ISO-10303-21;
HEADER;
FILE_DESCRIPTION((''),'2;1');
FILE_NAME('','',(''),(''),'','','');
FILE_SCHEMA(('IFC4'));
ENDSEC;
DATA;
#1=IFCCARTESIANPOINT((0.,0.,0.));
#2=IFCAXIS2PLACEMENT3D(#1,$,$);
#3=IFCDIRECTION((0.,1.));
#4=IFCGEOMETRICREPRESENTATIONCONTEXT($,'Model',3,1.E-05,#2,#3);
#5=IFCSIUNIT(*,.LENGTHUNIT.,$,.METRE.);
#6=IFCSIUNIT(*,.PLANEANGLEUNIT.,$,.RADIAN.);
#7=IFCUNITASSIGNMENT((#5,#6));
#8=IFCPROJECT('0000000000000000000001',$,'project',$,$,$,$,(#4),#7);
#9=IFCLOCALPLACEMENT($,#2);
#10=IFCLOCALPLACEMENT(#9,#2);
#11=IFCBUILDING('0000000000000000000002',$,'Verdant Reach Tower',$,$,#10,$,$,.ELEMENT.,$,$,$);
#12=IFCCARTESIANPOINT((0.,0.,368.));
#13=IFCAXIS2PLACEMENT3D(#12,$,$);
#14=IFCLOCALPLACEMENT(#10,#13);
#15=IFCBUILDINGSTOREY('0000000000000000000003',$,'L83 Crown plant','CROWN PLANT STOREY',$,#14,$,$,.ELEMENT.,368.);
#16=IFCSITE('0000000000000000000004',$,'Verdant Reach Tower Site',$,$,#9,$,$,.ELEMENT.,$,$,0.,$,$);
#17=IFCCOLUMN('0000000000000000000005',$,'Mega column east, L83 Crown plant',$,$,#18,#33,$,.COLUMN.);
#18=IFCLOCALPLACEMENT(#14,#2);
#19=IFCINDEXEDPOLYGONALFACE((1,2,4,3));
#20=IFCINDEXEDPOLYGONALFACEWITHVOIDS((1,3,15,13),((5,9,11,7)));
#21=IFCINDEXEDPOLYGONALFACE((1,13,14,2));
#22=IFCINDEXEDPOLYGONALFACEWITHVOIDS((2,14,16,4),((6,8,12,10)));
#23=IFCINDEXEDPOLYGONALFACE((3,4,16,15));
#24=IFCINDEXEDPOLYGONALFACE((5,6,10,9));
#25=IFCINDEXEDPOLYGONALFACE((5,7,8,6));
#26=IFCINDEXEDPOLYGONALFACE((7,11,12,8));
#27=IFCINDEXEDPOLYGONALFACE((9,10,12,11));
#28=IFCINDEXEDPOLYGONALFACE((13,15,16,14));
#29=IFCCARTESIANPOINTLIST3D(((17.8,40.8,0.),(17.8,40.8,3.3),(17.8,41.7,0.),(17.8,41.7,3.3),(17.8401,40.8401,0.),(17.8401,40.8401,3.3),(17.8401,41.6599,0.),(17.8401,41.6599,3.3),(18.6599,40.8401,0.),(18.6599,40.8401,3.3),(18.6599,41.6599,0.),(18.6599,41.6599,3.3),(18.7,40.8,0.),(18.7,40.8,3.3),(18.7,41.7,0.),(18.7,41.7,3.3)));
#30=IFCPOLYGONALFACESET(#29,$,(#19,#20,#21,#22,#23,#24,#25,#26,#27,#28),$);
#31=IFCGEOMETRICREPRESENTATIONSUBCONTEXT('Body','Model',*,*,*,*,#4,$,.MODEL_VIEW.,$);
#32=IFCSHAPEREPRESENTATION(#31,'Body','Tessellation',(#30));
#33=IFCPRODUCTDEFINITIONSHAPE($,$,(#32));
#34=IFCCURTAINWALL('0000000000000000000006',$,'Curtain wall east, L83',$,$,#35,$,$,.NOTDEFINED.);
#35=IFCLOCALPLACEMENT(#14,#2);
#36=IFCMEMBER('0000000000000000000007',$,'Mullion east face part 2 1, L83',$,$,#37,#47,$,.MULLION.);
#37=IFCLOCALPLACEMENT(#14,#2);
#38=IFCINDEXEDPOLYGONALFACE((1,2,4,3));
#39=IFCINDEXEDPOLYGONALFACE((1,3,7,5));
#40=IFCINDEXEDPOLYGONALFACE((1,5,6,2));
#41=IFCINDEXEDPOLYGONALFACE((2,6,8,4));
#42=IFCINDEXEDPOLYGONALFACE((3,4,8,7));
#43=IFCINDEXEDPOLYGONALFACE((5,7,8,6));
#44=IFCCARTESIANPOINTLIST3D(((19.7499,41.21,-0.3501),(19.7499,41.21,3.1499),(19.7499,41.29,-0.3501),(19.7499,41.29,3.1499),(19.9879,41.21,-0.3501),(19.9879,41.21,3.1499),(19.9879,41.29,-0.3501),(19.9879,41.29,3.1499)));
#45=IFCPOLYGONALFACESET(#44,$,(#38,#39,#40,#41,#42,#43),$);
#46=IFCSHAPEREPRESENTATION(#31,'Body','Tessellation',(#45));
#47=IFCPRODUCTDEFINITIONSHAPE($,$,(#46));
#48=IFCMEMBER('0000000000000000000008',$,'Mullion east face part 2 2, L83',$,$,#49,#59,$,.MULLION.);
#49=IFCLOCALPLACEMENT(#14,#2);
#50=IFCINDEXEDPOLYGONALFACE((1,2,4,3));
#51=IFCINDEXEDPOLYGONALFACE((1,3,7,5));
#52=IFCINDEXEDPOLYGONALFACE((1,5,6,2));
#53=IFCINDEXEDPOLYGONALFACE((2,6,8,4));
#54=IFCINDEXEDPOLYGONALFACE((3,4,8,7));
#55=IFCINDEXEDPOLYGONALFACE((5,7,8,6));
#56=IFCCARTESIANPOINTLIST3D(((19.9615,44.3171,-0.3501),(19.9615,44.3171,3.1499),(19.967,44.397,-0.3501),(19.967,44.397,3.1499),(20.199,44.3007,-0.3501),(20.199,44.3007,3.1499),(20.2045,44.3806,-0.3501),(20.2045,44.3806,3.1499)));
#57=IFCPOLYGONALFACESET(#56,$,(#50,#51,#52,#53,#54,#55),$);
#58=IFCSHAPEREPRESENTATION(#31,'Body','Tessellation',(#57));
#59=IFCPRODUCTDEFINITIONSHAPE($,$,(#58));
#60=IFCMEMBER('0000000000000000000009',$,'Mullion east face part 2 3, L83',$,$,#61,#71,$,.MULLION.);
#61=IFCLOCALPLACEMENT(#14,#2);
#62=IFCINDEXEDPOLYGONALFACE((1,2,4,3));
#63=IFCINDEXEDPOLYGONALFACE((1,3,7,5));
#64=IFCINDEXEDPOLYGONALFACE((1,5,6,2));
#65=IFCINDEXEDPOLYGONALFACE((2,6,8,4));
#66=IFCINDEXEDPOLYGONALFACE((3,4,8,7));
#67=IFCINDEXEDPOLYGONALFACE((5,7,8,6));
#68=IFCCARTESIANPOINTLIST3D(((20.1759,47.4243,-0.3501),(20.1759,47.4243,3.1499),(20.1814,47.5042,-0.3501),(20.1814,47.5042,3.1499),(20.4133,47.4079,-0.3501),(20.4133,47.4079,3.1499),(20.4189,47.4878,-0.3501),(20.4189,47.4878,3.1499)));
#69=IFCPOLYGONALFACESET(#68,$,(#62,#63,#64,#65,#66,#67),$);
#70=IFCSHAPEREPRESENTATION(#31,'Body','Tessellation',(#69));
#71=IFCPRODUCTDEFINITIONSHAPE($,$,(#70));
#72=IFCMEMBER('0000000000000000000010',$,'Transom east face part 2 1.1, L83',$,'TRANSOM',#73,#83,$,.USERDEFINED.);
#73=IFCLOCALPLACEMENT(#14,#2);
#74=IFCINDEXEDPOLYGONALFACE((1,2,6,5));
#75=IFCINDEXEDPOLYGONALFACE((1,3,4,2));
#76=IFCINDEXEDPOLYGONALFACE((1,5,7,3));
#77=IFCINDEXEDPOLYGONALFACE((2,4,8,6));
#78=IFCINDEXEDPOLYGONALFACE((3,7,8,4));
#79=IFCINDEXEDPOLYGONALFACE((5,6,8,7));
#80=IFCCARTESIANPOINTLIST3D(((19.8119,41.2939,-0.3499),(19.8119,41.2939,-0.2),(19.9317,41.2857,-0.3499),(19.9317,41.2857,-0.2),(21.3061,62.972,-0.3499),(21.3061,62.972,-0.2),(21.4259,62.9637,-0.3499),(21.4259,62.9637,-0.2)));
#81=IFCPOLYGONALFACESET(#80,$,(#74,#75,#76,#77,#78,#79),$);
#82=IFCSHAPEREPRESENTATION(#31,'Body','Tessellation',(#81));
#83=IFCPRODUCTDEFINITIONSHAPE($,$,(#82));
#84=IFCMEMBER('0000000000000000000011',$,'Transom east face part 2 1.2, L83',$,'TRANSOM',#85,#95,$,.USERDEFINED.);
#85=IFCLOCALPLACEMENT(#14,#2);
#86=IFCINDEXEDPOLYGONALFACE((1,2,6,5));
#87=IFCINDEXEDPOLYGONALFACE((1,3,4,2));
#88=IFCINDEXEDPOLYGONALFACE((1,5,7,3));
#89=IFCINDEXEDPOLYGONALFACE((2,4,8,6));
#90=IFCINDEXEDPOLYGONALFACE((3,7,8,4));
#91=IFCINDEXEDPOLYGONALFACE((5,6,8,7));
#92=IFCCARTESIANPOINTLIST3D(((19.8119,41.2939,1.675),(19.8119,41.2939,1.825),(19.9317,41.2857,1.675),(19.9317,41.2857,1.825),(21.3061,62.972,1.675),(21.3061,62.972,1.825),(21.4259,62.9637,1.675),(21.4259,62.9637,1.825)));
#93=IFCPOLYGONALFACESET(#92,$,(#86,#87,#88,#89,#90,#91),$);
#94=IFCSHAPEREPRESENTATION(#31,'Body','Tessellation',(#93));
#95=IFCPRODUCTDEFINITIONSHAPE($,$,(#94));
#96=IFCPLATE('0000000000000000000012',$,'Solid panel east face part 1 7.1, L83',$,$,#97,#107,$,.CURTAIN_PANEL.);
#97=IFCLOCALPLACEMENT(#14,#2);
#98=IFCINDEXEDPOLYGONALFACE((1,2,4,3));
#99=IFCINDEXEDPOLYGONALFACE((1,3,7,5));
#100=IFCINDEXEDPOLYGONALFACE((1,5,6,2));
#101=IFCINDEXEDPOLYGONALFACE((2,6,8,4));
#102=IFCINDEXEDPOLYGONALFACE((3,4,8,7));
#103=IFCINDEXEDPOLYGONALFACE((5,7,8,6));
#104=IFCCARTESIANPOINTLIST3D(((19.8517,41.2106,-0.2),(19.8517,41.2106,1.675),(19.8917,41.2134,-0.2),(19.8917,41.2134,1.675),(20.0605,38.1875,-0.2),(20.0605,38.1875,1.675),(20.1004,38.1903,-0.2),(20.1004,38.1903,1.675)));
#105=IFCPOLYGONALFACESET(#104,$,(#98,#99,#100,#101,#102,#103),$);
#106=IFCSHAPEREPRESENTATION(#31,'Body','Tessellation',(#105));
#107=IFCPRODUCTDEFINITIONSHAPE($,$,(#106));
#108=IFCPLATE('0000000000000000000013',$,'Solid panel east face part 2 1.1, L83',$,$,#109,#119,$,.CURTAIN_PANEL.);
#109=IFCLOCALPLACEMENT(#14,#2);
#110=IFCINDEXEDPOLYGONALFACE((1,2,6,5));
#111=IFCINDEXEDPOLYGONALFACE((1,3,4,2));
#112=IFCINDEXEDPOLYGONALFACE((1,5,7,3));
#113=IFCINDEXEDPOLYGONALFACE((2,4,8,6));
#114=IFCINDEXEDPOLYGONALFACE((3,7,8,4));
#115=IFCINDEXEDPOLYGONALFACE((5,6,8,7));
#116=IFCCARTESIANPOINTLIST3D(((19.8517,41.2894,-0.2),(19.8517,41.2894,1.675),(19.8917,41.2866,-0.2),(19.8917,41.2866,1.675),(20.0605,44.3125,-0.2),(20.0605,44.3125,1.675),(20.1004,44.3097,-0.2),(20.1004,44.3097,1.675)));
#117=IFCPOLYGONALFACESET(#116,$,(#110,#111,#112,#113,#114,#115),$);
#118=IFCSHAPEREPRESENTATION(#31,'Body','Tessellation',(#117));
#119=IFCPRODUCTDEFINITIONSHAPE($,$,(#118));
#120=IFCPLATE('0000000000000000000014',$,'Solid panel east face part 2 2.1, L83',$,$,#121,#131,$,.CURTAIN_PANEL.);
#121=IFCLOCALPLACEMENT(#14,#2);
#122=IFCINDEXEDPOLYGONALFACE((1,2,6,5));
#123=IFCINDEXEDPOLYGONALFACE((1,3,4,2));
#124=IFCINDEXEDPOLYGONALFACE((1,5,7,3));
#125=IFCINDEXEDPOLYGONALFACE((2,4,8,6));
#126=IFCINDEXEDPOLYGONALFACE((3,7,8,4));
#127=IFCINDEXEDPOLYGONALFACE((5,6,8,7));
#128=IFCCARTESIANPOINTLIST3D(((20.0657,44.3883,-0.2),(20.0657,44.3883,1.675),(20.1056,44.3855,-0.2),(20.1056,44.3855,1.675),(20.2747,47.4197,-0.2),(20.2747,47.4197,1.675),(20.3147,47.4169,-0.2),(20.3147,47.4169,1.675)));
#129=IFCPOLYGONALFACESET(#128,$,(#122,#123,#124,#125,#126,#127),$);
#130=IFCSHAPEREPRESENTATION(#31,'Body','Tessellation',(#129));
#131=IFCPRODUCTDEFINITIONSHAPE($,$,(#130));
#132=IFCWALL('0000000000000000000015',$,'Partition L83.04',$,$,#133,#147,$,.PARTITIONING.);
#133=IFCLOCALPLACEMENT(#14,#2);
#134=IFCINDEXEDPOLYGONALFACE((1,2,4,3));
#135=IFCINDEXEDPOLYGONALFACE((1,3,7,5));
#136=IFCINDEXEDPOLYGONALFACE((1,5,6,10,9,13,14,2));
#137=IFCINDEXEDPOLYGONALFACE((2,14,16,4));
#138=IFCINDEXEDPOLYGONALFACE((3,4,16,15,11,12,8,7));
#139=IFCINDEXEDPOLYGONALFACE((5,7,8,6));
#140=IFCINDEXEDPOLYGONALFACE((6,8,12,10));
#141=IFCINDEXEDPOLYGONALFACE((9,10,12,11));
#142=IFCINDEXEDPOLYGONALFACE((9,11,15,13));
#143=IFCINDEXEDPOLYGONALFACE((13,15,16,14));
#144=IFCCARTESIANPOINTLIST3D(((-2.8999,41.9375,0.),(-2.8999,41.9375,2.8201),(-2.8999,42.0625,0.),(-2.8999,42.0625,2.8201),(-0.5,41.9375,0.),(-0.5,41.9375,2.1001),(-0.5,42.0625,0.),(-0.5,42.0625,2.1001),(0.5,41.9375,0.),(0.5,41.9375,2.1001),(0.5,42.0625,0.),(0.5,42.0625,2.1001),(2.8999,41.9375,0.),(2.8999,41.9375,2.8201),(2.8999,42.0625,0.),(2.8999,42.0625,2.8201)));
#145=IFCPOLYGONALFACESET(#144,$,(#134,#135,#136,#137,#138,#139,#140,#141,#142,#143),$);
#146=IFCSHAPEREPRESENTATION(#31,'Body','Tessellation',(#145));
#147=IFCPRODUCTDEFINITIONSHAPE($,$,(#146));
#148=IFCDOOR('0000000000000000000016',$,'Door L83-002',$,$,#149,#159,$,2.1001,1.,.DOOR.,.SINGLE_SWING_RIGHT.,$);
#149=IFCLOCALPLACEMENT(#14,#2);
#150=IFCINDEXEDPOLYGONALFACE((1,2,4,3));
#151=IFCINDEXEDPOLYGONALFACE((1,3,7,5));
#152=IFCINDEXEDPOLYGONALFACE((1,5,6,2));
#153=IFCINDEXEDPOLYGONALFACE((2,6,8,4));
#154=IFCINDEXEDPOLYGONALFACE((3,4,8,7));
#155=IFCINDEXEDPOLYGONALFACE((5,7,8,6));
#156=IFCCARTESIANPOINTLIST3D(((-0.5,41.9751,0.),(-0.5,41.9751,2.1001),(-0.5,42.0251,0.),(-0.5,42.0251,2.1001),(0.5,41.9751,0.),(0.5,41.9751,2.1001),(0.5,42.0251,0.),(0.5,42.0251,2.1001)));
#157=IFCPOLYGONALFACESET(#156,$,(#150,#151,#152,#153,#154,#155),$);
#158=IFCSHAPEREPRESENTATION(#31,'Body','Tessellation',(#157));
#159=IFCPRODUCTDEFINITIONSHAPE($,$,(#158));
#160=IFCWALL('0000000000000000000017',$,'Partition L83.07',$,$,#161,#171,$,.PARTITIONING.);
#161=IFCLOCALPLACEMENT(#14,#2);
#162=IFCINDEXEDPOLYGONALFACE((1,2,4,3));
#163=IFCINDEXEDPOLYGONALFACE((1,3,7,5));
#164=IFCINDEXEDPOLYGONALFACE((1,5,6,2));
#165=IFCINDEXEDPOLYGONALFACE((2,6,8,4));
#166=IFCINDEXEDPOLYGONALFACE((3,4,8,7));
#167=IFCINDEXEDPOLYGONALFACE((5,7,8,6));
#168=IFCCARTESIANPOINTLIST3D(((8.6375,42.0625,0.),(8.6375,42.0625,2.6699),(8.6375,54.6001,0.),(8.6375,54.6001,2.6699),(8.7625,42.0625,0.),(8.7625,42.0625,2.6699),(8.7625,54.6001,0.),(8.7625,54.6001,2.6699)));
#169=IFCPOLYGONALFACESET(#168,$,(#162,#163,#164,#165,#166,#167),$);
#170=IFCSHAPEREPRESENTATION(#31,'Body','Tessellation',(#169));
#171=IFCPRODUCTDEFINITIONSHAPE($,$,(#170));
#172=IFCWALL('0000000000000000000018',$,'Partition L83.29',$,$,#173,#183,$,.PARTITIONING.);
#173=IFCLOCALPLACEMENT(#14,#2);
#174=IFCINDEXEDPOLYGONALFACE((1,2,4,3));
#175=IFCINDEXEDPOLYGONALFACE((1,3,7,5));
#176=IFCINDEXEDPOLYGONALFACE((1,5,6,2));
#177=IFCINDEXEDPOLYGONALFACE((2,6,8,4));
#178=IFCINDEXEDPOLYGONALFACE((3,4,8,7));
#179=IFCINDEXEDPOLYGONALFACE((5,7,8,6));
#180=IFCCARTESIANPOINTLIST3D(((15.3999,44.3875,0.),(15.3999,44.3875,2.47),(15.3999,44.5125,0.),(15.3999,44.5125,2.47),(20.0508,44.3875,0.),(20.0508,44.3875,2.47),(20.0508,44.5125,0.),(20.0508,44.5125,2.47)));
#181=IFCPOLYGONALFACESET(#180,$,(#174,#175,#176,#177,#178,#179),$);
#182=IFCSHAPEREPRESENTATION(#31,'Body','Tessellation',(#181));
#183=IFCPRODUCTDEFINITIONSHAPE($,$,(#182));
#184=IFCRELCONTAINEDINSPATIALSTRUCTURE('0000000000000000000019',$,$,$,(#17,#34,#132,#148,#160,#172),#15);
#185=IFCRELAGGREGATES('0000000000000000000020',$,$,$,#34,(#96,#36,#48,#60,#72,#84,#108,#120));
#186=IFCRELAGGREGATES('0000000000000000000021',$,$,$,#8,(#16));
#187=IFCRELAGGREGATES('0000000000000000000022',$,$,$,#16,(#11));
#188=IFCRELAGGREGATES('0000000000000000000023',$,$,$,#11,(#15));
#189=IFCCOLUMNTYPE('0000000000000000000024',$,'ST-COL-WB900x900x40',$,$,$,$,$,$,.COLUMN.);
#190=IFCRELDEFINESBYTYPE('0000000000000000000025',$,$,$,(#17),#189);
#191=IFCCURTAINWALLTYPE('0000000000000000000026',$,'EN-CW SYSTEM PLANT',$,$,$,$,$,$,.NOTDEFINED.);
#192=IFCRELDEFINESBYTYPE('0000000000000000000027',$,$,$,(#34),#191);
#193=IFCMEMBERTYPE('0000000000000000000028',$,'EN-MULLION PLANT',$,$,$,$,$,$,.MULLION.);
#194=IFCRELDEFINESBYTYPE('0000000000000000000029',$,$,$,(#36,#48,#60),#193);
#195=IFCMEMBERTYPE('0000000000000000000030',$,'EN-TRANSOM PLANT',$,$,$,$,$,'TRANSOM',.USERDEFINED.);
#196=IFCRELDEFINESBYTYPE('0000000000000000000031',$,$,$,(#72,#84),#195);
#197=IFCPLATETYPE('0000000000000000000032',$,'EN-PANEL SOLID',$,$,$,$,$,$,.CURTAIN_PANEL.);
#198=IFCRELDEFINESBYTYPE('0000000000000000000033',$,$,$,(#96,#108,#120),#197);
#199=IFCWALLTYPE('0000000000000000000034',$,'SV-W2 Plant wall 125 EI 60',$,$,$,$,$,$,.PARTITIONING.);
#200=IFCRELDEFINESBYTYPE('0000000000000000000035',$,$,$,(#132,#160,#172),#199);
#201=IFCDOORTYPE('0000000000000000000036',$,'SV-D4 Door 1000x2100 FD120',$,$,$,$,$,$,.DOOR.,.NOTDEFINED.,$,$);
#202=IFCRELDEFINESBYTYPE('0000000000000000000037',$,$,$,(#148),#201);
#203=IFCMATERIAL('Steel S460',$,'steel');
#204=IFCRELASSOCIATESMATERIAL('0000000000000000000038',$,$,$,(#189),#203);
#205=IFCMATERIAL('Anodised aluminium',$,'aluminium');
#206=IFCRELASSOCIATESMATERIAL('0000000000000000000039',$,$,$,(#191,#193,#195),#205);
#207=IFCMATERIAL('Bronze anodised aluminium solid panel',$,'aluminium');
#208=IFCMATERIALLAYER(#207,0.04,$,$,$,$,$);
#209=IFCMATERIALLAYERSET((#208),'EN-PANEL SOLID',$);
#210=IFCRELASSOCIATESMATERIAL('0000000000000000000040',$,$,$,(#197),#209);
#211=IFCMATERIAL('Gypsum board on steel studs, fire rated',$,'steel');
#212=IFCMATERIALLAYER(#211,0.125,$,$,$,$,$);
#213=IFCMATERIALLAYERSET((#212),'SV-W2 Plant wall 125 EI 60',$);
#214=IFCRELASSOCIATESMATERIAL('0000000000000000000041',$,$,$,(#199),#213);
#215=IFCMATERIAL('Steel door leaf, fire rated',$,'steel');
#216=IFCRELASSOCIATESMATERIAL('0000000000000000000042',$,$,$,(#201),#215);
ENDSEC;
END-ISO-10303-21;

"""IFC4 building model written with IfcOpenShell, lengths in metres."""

from ifc_helpers import new_model, si_unit, direction, frame, frame_2d, origin, origin_2d, place, context, subcontext, project, spatial, rectangle, hollow_rectangle, extrude, material, layer, layer_set, material_profile, profile_set, type_object, element, fill, aggregate, save


model = new_model("IFC4")

# Units and contexts
model_context = context("Model", 3, precision=1e-05, world=origin(), true_north=direction((0.0, 1.0)))
body_context = subcontext(model_context, "Body", "Model", "MODEL_VIEW")
ifc_project = project(units=[si_unit("LENGTHUNIT", "METRE"), si_unit("PLANEANGLEUNIT", "RADIAN")], contexts=[model_context])

# Site, building, storey
site_placement = place(None, origin())
site = spatial("IfcSite", under=ifc_project, at=site_placement, Name="Verdant Reach Tower Site", CompositionType="ELEMENT", RefElevation=0.0)
building_placement = place(site_placement, origin())
building = spatial("IfcBuilding", under=site, at=building_placement, Name="Verdant Reach Tower", CompositionType="ELEMENT")
storey_placement = place(building_placement, frame((0.0, 0.0, 368.0)))
storey = spatial("IfcBuildingStorey", under=building, at=storey_placement, Name="L83 Crown plant", Description="CROWN PLANT STOREY", CompositionType="ELEMENT", Elevation=368.0)

# Column
ifc_material_1 = material(Name="Steel S460", Category="steel")
ifc_material_profile_1 = material_profile(ifc_material_1, hollow_rectangle(XDim=0.8999, YDim=0.8999, WallThickness=0.04, at=origin_2d()), Name="WB 900x900x40")
ifc_profile_set_1 = profile_set([ifc_material_profile_1], Name="Steel S460")
column_type = type_object("IfcColumnType", Name="ST-COL-WB900x900x40", PredefinedType="COLUMN", material=ifc_profile_set_1)
column_placement = place(storey_placement, frame((18.25, 41.25, 0.0), z_axis=(0.0, 0.0, 1.0), x_axis=(1.0, 0.0, 0.0)))
element("IfcColumn", 1, at=column_placement, inside=storey, type_object=column_type, Name="Mega column east, L83 Crown plant", PredefinedType="COLUMN", context=body_context, shape_type="SweptSolid", body=[
    extrude(hollow_rectangle(XDim=0.8999, YDim=0.8999, WallThickness=0.04, at=origin_2d()), origin(), (0.0, 0.0, 1.0), 3.3),
])

# Curtain wall, members, plates
ifc_material_2 = material(Name="Anodised aluminium", Category="aluminium")
curtain_wall_type = type_object("IfcCurtainWallType", Name="EN-CW SYSTEM PLANT", PredefinedType="NOTDEFINED", material=ifc_material_2)
curtain_wall_placement = place(storey_placement, origin())
curtain_wall = element("IfcCurtainWall", 2, at=curtain_wall_placement, inside=storey, type_object=curtain_wall_type, Name="Curtain wall east, L83", PredefinedType="NOTDEFINED")
ifc_material_profile_2 = material_profile(ifc_material_2, rectangle(XDim=0.238, YDim=0.0801, at=origin_2d()), Name="Mullion 80x240")
ifc_profile_set_2 = profile_set([ifc_material_profile_2], Name="Anodised aluminium")
member_type_1 = type_object("IfcMemberType", Name="EN-MULLION PLANT", PredefinedType="MULLION", material=ifc_profile_set_2)
member_1_placement = place(storey_placement, frame((19.8689, 41.25, -0.3501), z_axis=(0.0, 0.0, 1.0), x_axis=(1.0, 0.0, 0.0)))
member_1 = element("IfcMember", 3, at=member_1_placement, type_object=member_type_1, Name="Mullion east face part 2 1, L83", PredefinedType="MULLION", context=body_context, shape_type="SweptSolid", body=[
    extrude(rectangle(XDim=0.238, YDim=0.0801, at=origin_2d()), origin(), (0.0, 0.0, 1.0), 3.5),
])
member_2_placement = place(storey_placement, frame((20.083, 44.3489, -0.3501), z_axis=(0.0, 0.0, 1.0), x_axis=(0.99763, -0.068802, 0.0)))
member_2 = element("IfcMember", 4, at=member_2_placement, type_object=member_type_1, Name="Mullion east face part 2 2, L83", PredefinedType="MULLION", context=body_context, shape_type="SweptSolid", body=[
    extrude(rectangle(XDim=0.238, YDim=0.0801, at=origin_2d()), origin(), (0.0, 0.0, 1.0), 3.5),
])
member_3_placement = place(storey_placement, frame((20.2974, 47.4561, -0.3501), z_axis=(0.0, 0.0, 1.0), x_axis=(0.99763, -0.068802, 0.0)))
member_3 = element("IfcMember", 5, at=member_3_placement, type_object=member_type_1, Name="Mullion east face part 2 3, L83", PredefinedType="MULLION", context=body_context, shape_type="SweptSolid", body=[
    extrude(rectangle(XDim=0.238, YDim=0.0801, at=origin_2d()), origin(), (0.0, 0.0, 1.0), 3.5),
])
ifc_material_profile_3 = material_profile(ifc_material_2, rectangle(XDim=0.1201, YDim=0.1499, at=origin_2d()), Name="Transom 150x120")
ifc_profile_set_3 = profile_set([ifc_material_profile_3], Name="Anodised aluminium")
member_type_2 = type_object("IfcMemberType", Name="EN-TRANSOM PLANT", ElementType="TRANSOM", PredefinedType="USERDEFINED", material=ifc_profile_set_3)
member_4_placement = place(storey_placement, frame((19.8718, 41.2898, -0.2749), z_axis=(0.068761, 0.997633, 0.0), x_axis=(-0.997633, 0.068761, 0.0)))
member_4 = element("IfcMember", 6, at=member_4_placement, type_object=member_type_2, Name="Transom east face part 2 1.1, L83", ObjectType="TRANSOM", PredefinedType="USERDEFINED", context=body_context, shape_type="SweptSolid", body=[
    extrude(rectangle(XDim=0.1201, YDim=0.1499, at=origin_2d()), origin(), (0.0, 0.0, 1.0), 21.7295),
])
member_5_placement = place(storey_placement, frame((19.8718, 41.2898, 1.75), z_axis=(0.068761, 0.997633, 0.0), x_axis=(-0.997633, 0.068761, 0.0)))
member_5 = element("IfcMember", 7, at=member_5_placement, type_object=member_type_2, Name="Transom east face part 2 1.2, L83", ObjectType="TRANSOM", PredefinedType="USERDEFINED", context=body_context, shape_type="SweptSolid", body=[
    extrude(rectangle(XDim=0.1201, YDim=0.1499, at=origin_2d()), origin(), (0.0, 0.0, 1.0), 21.7295),
])
ifc_material_3 = material(Name="Bronze anodised aluminium solid panel", Category="aluminium")
ifc_layer_1 = layer(ifc_material_3, 0.04)
ifc_layer_set_1 = layer_set([ifc_layer_1], Name="EN-PANEL SOLID")
plate_type = type_object("IfcPlateType", Name="EN-PANEL SOLID", PredefinedType="CURTAIN_PANEL", material=ifc_layer_set_1)
plate_1_placement = place(storey_placement, frame((19.9761, 39.7004, -0.2), z_axis=(0.0, 0.0, 1.0), x_axis=(-0.068893, 0.997624, 0.0)))
plate_1 = element("IfcPlate", 8, at=plate_1_placement, type_object=plate_type, Name="Solid panel east face part 1 7.1, L83", PredefinedType="CURTAIN_PANEL", context=body_context, shape_type="SweptSolid", body=[
    extrude(rectangle(XDim=3.0303, YDim=0.04, at=origin_2d()), origin(), (0.0, 0.0, 1.0), 1.875),
])
plate_2_placement = place(storey_placement, frame((19.9761, 42.7996, -0.2), z_axis=(0.0, 0.0, 1.0), x_axis=(0.068893, 0.997624, 0.0)))
plate_2 = element("IfcPlate", 9, at=plate_2_placement, type_object=plate_type, Name="Solid panel east face part 2 1.1, L83", PredefinedType="CURTAIN_PANEL", context=body_context, shape_type="SweptSolid", body=[
    extrude(rectangle(XDim=3.0303, YDim=0.04, at=origin_2d()), origin(), (0.0, 0.0, 1.0), 1.875),
])
plate_3_placement = place(storey_placement, frame((20.1902, 45.9026, -0.2), z_axis=(0.0, 0.0, 1.0), x_axis=(0.068802, 0.99763, 0.0)))
plate_3 = element("IfcPlate", 10, at=plate_3_placement, type_object=plate_type, Name="Solid panel east face part 2 2.1, L83", PredefinedType="CURTAIN_PANEL", context=body_context, shape_type="SweptSolid", body=[
    extrude(rectangle(XDim=3.0386, YDim=0.04, at=origin_2d()), origin(), (0.0, 0.0, 1.0), 1.875),
])

# Wall, opening, door
ifc_material_4 = material(Name="Gypsum board on steel studs, fire rated", Category="steel")
ifc_layer_2 = layer(ifc_material_4, 0.125)
ifc_layer_set_2 = layer_set([ifc_layer_2], Name="SV-W2 Plant wall 125 EI 60")
wall_type = type_object("IfcWallType", Name="SV-W2 Plant wall 125 EI 60", PredefinedType="PARTITIONING", material=ifc_layer_set_2)
wall_1_placement = place(storey_placement, frame((2.8999, 42.0, 0.0), z_axis=(0.0, 0.0, 1.0), x_axis=(-1.0, 0.0, 0.0)))
wall_1 = element("IfcWall", 11, at=wall_1_placement, inside=storey, type_object=wall_type, Name="Partition L83.04", PredefinedType="PARTITIONING", context=body_context, shape_type="SweptSolid", body=[
    extrude(rectangle(XDim=5.7998, YDim=0.125, at=frame_2d((2.8999, 0.0))), origin(), (0.0, 0.0, 1.0), 2.8201),
])
opening_1_placement = place(wall_1_placement, frame((2.3999, 0.0, 0.0)))
opening_1 = element("IfcOpeningElement", 12, at=opening_1_placement, cuts=wall_1, PredefinedType="OPENING", context=body_context, shape_type="SweptSolid", body=[
    extrude(rectangle(XDim=1.0, YDim=2.1001, at=frame_2d((0.5, 1.05))), frame((0.0, 0.0725, 0.0), z_axis=(0.0, -1.0, 0.0), x_axis=(1.0, 0.0, 0.0)), (0.0, 0.0, 1.0), 0.145),
])
ifc_material_5 = material(Name="Steel door leaf, fire rated", Category="steel")
door_type_1 = type_object("IfcDoorType", Name="SV-D4 Door 1000x2100 FD120", OperationType="NOTDEFINED", PredefinedType="DOOR", material=ifc_material_5)
door_1_placement = place(opening_1_placement, origin())
door_1 = element("IfcDoor", 13, at=door_1_placement, inside=storey, type_object=door_type_1, Name="Door L83-002", OperationType="SINGLE_SWING_RIGHT", OverallHeight=2.1001, OverallWidth=1.0, PredefinedType="DOOR", context=body_context, shape_type="SweptSolid", body=[
    extrude(rectangle(XDim=1.0, YDim=2.1001, at=frame_2d((0.5, 1.05))), frame((0.0, 0.0249, 0.0), z_axis=(0.0, -1.0, 0.0), x_axis=(1.0, 0.0, 0.0)), (0.0, 0.0, 1.0), 0.05),
])
fill(opening_1, door_1)

# Walls
wall_2_placement = place(storey_placement, frame((8.7, 42.0625, 0.0), z_axis=(0.0, 0.0, 1.0), x_axis=(0.0, 1.0, 0.0)))
element("IfcWall", 14, at=wall_2_placement, inside=storey, type_object=wall_type, Name="Partition L83.07", PredefinedType="PARTITIONING", context=body_context, shape_type="SweptSolid", body=[
    extrude(rectangle(XDim=12.5376, YDim=0.125, at=frame_2d((6.2688, 0.0))), origin(), (0.0, 0.0, 1.0), 2.6699),
])
wall_3_placement = place(storey_placement, frame((15.3999, 44.45, 0.0), z_axis=(0.0, 0.0, 1.0), x_axis=(1.0, 0.0, 0.0)))
element("IfcWall", 15, at=wall_3_placement, inside=storey, type_object=wall_type, Name="Partition L83.29", PredefinedType="PARTITIONING", context=body_context, shape_type="SweptSolid", body=[
    extrude(rectangle(XDim=4.6509, YDim=0.125, at=frame_2d((2.3254, 0.0))), origin(), (0.0, 0.0, 1.0), 2.47),
])

aggregate(curtain_wall, [plate_1, member_1, member_2, member_3, member_4, member_5, plate_2, plate_3])

save(model, "model.ifc")
